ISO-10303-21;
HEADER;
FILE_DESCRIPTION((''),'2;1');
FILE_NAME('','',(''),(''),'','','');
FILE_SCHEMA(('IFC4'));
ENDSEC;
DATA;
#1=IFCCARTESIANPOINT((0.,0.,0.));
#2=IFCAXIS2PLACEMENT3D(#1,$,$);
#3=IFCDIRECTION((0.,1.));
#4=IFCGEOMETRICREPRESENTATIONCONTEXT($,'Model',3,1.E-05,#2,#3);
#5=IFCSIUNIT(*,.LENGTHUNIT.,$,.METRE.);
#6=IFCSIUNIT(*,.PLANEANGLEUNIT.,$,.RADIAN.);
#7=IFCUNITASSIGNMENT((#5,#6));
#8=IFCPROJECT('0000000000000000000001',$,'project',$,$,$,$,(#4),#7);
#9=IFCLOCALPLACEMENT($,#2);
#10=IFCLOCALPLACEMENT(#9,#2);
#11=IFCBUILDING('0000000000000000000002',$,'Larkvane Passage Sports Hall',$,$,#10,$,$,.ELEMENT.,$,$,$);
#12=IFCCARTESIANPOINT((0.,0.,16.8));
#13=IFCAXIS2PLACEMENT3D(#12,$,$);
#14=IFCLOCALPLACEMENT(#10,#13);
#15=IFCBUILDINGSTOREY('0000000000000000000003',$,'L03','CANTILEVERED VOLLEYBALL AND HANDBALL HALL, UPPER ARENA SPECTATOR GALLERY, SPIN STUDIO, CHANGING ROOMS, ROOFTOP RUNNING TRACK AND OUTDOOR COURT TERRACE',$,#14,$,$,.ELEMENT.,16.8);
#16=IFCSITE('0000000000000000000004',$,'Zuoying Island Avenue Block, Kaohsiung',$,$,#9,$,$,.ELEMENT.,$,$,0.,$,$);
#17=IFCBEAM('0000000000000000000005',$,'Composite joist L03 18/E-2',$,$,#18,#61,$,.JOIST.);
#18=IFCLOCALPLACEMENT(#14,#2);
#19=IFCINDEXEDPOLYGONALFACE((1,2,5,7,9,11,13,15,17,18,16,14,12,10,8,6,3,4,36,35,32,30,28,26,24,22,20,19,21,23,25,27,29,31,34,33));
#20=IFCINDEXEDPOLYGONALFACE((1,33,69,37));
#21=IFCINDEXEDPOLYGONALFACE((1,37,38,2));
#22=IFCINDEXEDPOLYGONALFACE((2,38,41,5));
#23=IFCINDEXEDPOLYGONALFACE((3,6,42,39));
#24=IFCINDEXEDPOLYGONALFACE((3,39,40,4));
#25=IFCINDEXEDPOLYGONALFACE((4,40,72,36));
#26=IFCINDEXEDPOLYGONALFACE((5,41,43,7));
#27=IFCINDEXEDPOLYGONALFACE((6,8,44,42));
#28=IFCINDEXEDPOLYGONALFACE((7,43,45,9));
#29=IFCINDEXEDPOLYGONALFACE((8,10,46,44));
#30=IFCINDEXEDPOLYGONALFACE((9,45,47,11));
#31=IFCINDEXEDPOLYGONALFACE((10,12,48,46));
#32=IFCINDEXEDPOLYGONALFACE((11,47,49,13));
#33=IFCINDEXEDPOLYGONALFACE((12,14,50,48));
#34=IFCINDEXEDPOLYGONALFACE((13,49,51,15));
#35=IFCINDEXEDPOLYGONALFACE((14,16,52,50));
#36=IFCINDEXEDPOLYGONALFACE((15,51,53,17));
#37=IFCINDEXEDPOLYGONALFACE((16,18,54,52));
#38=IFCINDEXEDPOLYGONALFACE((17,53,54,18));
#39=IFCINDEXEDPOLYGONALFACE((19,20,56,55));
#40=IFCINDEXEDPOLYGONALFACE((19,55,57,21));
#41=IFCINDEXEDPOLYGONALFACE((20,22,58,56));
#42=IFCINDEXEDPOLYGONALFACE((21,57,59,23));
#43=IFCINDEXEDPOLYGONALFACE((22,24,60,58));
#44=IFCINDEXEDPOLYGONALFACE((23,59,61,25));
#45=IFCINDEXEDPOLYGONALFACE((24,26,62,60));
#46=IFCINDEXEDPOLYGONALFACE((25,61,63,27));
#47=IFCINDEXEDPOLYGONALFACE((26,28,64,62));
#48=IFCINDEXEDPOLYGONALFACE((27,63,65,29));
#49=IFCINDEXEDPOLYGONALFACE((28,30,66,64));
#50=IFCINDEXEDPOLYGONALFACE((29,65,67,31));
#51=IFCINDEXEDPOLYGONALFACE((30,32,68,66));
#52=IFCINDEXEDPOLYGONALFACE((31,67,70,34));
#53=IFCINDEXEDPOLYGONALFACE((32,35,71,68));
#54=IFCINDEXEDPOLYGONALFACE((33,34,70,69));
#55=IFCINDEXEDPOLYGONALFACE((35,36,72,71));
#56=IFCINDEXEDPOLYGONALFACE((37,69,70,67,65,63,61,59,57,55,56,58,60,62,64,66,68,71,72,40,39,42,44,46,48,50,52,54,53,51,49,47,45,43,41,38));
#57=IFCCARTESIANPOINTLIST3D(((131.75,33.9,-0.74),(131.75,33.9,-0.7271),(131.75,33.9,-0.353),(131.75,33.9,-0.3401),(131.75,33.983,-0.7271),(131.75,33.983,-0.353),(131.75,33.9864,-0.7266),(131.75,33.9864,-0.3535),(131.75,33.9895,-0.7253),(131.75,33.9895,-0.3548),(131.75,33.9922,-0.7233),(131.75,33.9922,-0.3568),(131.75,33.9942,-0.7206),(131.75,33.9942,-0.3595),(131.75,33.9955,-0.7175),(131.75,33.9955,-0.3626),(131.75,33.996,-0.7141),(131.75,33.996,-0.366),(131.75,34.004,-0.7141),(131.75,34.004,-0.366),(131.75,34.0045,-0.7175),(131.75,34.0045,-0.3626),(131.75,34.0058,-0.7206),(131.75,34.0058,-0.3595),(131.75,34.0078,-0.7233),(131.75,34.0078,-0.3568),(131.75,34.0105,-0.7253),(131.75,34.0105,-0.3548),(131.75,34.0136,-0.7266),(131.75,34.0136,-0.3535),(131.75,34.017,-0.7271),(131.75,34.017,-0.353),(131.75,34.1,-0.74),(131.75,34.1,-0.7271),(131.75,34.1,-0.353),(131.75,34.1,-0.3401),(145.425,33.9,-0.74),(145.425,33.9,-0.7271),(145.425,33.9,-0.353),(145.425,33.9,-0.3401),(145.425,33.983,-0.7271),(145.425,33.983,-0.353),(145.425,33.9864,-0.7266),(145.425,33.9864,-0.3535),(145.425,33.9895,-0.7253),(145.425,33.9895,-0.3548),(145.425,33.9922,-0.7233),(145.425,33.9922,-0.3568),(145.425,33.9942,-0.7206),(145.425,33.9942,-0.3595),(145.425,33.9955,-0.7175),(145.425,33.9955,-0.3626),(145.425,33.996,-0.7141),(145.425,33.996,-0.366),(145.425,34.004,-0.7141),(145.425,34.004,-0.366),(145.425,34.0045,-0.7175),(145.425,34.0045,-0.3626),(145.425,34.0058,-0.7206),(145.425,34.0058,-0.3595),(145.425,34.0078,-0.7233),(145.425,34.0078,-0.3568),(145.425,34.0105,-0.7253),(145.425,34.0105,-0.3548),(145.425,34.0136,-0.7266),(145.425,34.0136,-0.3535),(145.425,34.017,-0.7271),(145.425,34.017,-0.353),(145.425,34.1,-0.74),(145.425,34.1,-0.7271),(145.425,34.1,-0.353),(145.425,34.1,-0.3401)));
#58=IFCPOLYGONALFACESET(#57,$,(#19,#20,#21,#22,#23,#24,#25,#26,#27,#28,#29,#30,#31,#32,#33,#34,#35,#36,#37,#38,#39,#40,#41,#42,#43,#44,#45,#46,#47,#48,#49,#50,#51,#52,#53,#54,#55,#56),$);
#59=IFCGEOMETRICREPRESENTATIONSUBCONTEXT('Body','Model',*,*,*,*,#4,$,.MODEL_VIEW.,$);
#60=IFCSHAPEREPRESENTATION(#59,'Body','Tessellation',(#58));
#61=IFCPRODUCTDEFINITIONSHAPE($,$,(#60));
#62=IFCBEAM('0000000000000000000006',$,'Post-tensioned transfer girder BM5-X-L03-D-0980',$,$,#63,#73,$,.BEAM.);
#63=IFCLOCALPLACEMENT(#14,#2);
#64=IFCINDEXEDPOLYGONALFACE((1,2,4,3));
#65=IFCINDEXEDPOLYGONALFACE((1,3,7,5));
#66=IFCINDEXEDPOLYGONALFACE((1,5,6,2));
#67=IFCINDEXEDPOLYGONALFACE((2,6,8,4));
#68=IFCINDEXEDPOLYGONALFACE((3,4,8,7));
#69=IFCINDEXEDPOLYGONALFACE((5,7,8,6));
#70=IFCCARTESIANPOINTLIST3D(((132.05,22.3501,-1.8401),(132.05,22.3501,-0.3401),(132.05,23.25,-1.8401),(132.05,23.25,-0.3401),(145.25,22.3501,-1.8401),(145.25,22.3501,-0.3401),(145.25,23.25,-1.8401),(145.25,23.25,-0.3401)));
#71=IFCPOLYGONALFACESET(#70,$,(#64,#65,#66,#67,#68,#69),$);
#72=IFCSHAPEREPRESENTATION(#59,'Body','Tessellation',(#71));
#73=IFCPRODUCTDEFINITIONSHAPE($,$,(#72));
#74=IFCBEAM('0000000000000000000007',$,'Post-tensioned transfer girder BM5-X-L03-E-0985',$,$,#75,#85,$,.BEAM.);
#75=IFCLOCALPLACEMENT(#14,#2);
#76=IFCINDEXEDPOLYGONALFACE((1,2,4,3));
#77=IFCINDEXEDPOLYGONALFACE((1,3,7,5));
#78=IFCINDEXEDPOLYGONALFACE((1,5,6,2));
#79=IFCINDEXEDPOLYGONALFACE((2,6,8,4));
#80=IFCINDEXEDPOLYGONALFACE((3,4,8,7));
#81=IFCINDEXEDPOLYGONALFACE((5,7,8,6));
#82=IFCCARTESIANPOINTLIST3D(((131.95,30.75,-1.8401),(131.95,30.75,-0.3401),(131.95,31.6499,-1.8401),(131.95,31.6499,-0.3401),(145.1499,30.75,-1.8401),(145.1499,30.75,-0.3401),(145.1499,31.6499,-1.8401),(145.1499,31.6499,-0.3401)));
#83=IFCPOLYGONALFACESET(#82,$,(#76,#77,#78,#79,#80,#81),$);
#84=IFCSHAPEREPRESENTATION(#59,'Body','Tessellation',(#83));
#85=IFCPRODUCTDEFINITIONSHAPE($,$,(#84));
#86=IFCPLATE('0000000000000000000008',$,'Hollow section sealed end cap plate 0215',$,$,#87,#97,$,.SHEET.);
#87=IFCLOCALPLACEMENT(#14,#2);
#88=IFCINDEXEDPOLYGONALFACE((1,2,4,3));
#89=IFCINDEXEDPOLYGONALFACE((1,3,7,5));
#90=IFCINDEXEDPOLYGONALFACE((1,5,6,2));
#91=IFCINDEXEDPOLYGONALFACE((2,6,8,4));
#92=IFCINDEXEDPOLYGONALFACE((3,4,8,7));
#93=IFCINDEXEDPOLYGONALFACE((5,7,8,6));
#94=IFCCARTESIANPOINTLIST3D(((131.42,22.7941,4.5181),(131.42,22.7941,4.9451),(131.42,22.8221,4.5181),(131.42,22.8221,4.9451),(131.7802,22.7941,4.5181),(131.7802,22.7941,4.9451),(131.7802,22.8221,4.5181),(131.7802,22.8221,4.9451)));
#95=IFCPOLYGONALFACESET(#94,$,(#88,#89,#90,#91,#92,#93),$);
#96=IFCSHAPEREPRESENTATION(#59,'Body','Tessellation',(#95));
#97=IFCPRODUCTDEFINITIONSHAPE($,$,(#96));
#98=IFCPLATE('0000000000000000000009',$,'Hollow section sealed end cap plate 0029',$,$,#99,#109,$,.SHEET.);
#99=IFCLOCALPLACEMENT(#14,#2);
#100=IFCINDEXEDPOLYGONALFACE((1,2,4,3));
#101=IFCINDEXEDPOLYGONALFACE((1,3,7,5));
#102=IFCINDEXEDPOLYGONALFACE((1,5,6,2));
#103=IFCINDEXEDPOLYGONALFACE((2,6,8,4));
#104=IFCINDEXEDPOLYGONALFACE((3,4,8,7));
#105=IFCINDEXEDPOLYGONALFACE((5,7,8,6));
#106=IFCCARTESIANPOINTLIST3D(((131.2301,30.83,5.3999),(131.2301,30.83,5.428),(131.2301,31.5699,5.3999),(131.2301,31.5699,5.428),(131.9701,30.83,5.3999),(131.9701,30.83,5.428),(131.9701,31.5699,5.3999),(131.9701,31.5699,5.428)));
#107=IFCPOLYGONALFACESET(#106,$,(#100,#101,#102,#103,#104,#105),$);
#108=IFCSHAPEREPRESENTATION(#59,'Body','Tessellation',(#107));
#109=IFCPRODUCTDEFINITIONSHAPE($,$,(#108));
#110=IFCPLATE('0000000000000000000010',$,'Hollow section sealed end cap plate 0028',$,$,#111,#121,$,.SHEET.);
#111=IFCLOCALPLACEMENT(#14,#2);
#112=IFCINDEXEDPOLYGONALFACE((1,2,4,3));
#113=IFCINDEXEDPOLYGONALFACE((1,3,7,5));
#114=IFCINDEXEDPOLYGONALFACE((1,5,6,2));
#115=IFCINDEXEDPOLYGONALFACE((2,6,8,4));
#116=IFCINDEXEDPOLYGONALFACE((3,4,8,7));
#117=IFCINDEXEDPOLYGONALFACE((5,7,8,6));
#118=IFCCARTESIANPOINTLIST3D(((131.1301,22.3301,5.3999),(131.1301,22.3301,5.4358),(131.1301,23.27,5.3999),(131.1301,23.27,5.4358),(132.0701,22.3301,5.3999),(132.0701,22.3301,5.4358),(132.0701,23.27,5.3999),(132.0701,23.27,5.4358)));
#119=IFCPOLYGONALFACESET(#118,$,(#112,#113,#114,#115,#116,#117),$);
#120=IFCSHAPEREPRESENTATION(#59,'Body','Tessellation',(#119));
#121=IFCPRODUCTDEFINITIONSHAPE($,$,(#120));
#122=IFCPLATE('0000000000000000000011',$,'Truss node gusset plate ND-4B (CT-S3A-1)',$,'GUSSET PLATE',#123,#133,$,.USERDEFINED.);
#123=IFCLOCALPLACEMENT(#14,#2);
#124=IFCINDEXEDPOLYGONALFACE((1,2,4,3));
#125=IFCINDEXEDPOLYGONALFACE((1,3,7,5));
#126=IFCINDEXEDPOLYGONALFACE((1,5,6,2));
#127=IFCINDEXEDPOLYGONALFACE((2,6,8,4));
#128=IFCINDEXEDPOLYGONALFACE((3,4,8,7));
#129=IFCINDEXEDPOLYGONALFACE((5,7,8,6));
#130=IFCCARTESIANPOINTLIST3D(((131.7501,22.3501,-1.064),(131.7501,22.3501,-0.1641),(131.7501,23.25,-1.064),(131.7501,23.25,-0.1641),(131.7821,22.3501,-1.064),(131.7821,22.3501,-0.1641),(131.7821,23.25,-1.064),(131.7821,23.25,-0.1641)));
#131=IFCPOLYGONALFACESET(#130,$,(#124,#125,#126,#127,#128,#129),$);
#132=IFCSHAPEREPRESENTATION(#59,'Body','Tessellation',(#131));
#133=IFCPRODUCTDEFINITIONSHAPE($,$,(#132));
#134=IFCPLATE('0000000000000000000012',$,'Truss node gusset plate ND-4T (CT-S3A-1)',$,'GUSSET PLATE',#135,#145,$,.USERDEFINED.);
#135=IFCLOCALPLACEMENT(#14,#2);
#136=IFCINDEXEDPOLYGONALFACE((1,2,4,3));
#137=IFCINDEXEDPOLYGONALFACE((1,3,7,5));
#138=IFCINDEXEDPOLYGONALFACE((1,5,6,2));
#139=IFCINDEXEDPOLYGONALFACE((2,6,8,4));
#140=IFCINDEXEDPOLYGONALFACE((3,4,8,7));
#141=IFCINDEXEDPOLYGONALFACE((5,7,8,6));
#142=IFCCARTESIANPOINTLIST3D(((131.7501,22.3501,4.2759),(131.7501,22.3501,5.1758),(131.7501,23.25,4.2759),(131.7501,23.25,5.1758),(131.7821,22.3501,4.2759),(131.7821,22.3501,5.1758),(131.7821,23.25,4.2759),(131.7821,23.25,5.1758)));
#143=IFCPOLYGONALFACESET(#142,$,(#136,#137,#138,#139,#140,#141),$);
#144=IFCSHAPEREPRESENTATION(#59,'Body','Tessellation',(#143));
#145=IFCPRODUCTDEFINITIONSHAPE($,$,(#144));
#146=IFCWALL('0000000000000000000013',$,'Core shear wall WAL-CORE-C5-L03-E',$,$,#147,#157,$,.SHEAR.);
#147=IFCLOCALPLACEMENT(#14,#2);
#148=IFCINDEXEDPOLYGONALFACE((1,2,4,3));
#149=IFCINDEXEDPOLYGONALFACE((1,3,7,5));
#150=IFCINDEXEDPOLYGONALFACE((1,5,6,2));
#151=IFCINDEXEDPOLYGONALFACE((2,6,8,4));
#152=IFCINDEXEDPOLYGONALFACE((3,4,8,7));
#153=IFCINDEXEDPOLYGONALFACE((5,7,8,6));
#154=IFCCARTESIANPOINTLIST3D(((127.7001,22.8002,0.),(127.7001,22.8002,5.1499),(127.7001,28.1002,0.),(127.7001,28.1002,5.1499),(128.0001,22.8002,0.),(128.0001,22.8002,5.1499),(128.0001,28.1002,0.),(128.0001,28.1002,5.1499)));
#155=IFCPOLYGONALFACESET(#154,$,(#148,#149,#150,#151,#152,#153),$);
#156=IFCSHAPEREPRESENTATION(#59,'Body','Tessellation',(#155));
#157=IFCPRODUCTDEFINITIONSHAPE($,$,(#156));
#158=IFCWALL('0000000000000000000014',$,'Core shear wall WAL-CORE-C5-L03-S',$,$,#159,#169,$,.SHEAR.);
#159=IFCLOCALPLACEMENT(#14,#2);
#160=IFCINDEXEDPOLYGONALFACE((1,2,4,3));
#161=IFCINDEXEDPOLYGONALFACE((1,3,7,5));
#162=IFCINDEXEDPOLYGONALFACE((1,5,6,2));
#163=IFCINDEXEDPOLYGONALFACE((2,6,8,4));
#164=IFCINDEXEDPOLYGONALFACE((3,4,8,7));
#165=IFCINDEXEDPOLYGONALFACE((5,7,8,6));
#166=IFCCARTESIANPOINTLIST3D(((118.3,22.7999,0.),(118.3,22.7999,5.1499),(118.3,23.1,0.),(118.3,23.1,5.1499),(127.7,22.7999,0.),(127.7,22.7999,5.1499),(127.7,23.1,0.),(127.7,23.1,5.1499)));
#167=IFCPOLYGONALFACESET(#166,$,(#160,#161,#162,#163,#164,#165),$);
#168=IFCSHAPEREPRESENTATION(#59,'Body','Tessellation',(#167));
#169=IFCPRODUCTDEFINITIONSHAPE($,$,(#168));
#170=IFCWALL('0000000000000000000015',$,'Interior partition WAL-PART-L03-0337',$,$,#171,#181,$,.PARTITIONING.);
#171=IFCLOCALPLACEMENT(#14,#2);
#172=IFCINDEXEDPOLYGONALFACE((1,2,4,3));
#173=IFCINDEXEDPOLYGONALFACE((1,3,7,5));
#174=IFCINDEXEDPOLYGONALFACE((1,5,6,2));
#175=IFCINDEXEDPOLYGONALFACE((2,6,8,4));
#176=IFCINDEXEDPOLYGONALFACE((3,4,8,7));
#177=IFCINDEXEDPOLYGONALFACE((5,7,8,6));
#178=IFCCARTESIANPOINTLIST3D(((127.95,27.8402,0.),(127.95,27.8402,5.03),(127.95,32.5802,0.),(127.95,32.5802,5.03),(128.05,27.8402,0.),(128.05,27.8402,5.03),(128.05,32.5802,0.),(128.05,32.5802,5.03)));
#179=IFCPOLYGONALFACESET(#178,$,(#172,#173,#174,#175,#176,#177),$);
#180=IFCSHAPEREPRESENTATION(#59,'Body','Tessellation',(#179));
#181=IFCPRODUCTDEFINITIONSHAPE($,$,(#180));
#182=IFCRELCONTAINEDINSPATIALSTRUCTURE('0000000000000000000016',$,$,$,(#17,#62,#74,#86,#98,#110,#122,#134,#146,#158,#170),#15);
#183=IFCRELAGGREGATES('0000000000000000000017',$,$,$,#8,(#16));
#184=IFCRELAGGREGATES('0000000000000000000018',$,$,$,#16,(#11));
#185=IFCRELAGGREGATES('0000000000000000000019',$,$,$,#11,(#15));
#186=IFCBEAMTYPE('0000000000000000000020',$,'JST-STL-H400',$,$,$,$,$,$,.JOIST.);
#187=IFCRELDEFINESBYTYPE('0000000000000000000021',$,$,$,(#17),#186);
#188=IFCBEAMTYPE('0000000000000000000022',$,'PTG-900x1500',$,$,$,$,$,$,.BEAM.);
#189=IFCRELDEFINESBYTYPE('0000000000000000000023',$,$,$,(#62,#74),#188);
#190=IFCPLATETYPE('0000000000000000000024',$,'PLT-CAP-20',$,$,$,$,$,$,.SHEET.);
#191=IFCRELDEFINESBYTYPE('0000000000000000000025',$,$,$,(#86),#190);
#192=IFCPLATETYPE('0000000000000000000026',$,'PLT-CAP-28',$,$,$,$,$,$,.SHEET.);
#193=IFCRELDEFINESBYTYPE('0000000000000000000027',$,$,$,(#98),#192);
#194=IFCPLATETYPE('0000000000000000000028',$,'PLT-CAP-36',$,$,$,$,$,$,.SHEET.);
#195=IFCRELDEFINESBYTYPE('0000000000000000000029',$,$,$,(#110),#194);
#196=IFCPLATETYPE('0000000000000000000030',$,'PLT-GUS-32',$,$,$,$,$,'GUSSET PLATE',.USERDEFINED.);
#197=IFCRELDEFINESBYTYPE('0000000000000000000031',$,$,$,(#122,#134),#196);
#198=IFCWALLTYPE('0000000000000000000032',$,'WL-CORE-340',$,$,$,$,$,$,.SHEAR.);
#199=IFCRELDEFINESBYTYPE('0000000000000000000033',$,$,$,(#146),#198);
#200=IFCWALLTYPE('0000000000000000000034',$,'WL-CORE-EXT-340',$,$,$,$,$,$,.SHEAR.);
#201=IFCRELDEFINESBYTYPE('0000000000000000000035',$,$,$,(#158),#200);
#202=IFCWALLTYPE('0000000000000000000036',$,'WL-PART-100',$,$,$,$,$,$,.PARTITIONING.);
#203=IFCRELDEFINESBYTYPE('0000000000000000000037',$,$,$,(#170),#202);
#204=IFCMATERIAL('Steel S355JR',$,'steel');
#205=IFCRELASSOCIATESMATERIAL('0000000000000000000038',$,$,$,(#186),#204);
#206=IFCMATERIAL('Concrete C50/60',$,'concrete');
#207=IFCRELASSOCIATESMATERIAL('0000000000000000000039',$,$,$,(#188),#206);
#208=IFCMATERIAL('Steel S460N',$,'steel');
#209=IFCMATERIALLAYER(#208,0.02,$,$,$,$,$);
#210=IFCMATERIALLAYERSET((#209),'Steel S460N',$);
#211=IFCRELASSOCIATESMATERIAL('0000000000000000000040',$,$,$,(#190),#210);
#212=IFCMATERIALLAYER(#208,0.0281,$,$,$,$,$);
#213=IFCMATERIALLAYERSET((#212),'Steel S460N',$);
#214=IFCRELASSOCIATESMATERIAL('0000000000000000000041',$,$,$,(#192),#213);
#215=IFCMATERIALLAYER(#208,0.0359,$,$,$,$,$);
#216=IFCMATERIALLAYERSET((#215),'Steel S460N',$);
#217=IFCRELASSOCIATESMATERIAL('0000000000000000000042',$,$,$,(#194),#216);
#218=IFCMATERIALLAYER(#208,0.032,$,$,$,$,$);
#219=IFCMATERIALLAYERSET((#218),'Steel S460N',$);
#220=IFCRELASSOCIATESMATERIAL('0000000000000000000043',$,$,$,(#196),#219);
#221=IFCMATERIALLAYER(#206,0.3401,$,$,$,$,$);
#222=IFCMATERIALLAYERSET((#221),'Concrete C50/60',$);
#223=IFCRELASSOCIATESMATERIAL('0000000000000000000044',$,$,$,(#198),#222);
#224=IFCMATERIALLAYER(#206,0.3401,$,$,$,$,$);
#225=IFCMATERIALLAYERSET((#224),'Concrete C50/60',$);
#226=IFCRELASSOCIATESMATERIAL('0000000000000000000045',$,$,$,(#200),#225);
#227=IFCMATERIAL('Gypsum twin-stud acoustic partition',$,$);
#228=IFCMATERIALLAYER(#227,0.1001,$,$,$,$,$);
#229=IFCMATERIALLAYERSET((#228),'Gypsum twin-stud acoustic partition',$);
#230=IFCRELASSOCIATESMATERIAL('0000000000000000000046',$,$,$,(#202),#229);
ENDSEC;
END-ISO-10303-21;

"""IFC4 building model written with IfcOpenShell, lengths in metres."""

from ifc_helpers import new_model, si_unit, direction, frame, frame_2d, origin, origin_2d, place, context, subcontext, project, spatial, rectangle, i_section, extrude, material, layer, layer_set, material_profile, profile_set, type_object, element, save


model = new_model("IFC4")

# Units and contexts
model_context = context("Model", 3, precision=1e-05, world=origin(), true_north=direction((0.0, 1.0)))
body_context = subcontext(model_context, "Body", "Model", "MODEL_VIEW")
ifc_project = project(units=[si_unit("LENGTHUNIT", "METRE"), si_unit("PLANEANGLEUNIT", "RADIAN")], contexts=[model_context])

# Site, building, storey
site_placement = place(None, origin())
site = spatial("IfcSite", under=ifc_project, at=site_placement, Name="Zuoying Island Avenue Block, Kaohsiung", CompositionType="ELEMENT", RefElevation=0.0)
building_placement = place(site_placement, origin())
building = spatial("IfcBuilding", under=site, at=building_placement, Name="Larkvane Passage Sports Hall", CompositionType="ELEMENT")
storey_placement = place(building_placement, frame((0.0, 0.0, 16.8)))
storey = spatial("IfcBuildingStorey", under=building, at=storey_placement, Name="L03", Description="CANTILEVERED VOLLEYBALL AND HANDBALL HALL, UPPER ARENA SPECTATOR GALLERY, SPIN STUDIO, CHANGING ROOMS, ROOFTOP RUNNING TRACK AND OUTDOOR COURT TERRACE", CompositionType="ELEMENT", Elevation=16.8)

# Shared definitions
ifc_material_1 = material(Name="Steel S460N", Category="steel")

# Beams
ifc_material_2 = material(Name="Steel S355JR", Category="steel")
ifc_material_profile_1 = material_profile(ifc_material_2, i_section(OverallWidth=0.2, OverallDepth=0.3999, WebThickness=0.0081, FlangeThickness=0.0129, FilletRadius=0.0129, at=origin_2d()), Name="H-400x200x8x13")
ifc_profile_set_1 = profile_set([ifc_material_profile_1], Name="Steel S355JR")
beam_type_1 = type_object("IfcBeamType", Name="JST-STL-H400", PredefinedType="JOIST", material=ifc_profile_set_1)
beam_1_placement = place(storey_placement, frame((131.75, 34.0, -0.54), z_axis=(1.0, 0.0, 0.0), x_axis=(0.0, 1.0, 0.0)))
element("IfcBeam", 1, at=beam_1_placement, inside=storey, type_object=beam_type_1, Name="Composite joist L03 18/E-2", PredefinedType="JOIST", context=body_context, shape_type="SweptSolid", body=[
    extrude(i_section(OverallWidth=0.2, OverallDepth=0.3999, WebThickness=0.0081, FlangeThickness=0.0129, FilletRadius=0.0129, at=origin_2d()), origin(), (0.0, 0.0, 1.0), 13.675),
])
ifc_material_3 = material(Name="Concrete C50/60", Category="concrete")
ifc_material_profile_2 = material_profile(ifc_material_3, rectangle(XDim=0.8999, YDim=1.5, at=origin_2d()), Name="PT-GIR-900x1500")
ifc_profile_set_2 = profile_set([ifc_material_profile_2], Name="Concrete C50/60")
beam_type_2 = type_object("IfcBeamType", Name="PTG-900x1500", PredefinedType="BEAM", material=ifc_profile_set_2)
for number, where, z_axis, x_axis, name in (
    (2, (132.05, 22.8, -1.0901), (1.0, 0.0, 0.0), (0.0, 1.0, 0.0), "Post-tensioned transfer girder BM5-X-L03-D-0980"),
    (3, (131.95, 31.2, -1.0901), (1.0, 0.0, 0.0), (0.0, 1.0, 0.0), "Post-tensioned transfer girder BM5-X-L03-E-0985"),
):
    element("IfcBeam", number, at=place(storey_placement, frame(where, z_axis=z_axis, x_axis=x_axis)), inside=storey, type_object=beam_type_2, Name=name, PredefinedType="BEAM", context=body_context, shape_type="SweptSolid", body=[
        extrude(rectangle(XDim=0.8999, YDim=1.5, at=origin_2d()), origin(), (0.0, 0.0, 1.0), 13.2),
    ])

# Plates
ifc_layer_1 = layer(ifc_material_1, 0.02)
ifc_layer_set_1 = layer_set([ifc_layer_1], Name="Steel S460N")
plate_type_1 = type_object("IfcPlateType", Name="PLT-CAP-20", PredefinedType="SHEET", material=ifc_layer_set_1)
plate_1_placement = place(storey_placement, frame((131.6001, 22.8081, 4.5181), z_axis=(0.0, 0.0, 1.0), x_axis=(-1.0, 0.0, 0.0)))
element("IfcPlate", 4, at=plate_1_placement, inside=storey, type_object=plate_type_1, Name="Hollow section sealed end cap plate 0215", PredefinedType="SHEET", context=body_context, shape_type="SweptSolid", body=[
    extrude(rectangle(XDim=0.3601, YDim=0.0281, at=origin_2d()), origin(), (0.0, 0.0, 1.0), 0.427),
])
ifc_layer_2 = layer(ifc_material_1, 0.0281)
ifc_layer_set_2 = layer_set([ifc_layer_2], Name="Steel S460N")
plate_type_2 = type_object("IfcPlateType", Name="PLT-CAP-28", PredefinedType="SHEET", material=ifc_layer_set_2)
plate_2_placement = place(storey_placement, frame((131.6001, 31.2, 5.3999), z_axis=(0.0, 0.0, 1.0), x_axis=(1.0, 0.0, 0.0)))
element("IfcPlate", 5, at=plate_2_placement, inside=storey, type_object=plate_type_2, Name="Hollow section sealed end cap plate 0029", PredefinedType="SHEET", context=body_context, shape_type="SweptSolid", body=[
    extrude(rectangle(XDim=0.74, YDim=0.74, at=origin_2d()), origin(), (0.0, 0.0, 1.0), 0.0281),
])
ifc_layer_3 = layer(ifc_material_1, 0.0359)
ifc_layer_set_3 = layer_set([ifc_layer_3], Name="Steel S460N")
plate_type_3 = type_object("IfcPlateType", Name="PLT-CAP-36", PredefinedType="SHEET", material=ifc_layer_set_3)
plate_3_placement = place(storey_placement, frame((131.6001, 22.8, 5.3999), z_axis=(0.0, 0.0, 1.0), x_axis=(1.0, 0.0, 0.0)))
element("IfcPlate", 6, at=plate_3_placement, inside=storey, type_object=plate_type_3, Name="Hollow section sealed end cap plate 0028", PredefinedType="SHEET", context=body_context, shape_type="SweptSolid", body=[
    extrude(rectangle(XDim=0.9399, YDim=0.9399, at=origin_2d()), origin(), (0.0, 0.0, 1.0), 0.0359),
])
ifc_layer_4 = layer(ifc_material_1, 0.032)
ifc_layer_set_4 = layer_set([ifc_layer_4], Name="Steel S460N")
plate_type_4 = type_object("IfcPlateType", Name="PLT-GUS-32", ElementType="GUSSET PLATE", PredefinedType="USERDEFINED", material=ifc_layer_set_4)
for number, where, z_axis, x_axis, name in (
    (7, (131.7661, 22.8, -1.064), (0.0, 0.0, 1.0), (0.0, 1.0, 0.0), "Truss node gusset plate ND-4B (CT-S3A-1)"),
    (8, (131.7661, 22.8, 4.2759), (0.0, 0.0, 1.0), (0.0, 1.0, 0.0), "Truss node gusset plate ND-4T (CT-S3A-1)"),
):
    element("IfcPlate", number, at=place(storey_placement, frame(where, z_axis=z_axis, x_axis=x_axis)), inside=storey, type_object=plate_type_4, Name=name, ObjectType="GUSSET PLATE", PredefinedType="USERDEFINED", context=body_context, shape_type="SweptSolid", body=[
        extrude(rectangle(XDim=0.8999, YDim=0.032, at=origin_2d()), origin(), (0.0, 0.0, 1.0), 0.8999),
    ])

# Walls
ifc_layer_5 = layer(ifc_material_3, 0.3401)
ifc_layer_set_5 = layer_set([ifc_layer_5], Name="Concrete C50/60")
wall_type_1 = type_object("IfcWallType", Name="WL-CORE-340", PredefinedType="SHEAR", material=ifc_layer_set_5)
wall_1_placement = place(storey_placement, frame((127.8501, 28.1001, 0.0), z_axis=(0.0, 0.0, 1.0), x_axis=(0.0, -1.0, 0.0)))
element("IfcWall", 9, at=wall_1_placement, inside=storey, type_object=wall_type_1, Name="Core shear wall WAL-CORE-C5-L03-E", PredefinedType="SHEAR", context=body_context, shape_type="SweptSolid", body=[
    extrude(rectangle(XDim=5.3, YDim=0.3, at=frame_2d((2.6499, 0.0))), origin(), (0.0, 0.0, 1.0), 5.1499),
])
ifc_layer_6 = layer(ifc_material_3, 0.3401)
ifc_layer_set_6 = layer_set([ifc_layer_6], Name="Concrete C50/60")
wall_type_2 = type_object("IfcWallType", Name="WL-CORE-EXT-340", PredefinedType="SHEAR", material=ifc_layer_set_6)
wall_2_placement = place(storey_placement, frame((127.7, 22.95, 0.0), z_axis=(0.0, 0.0, 1.0), x_axis=(-1.0, 0.0, 0.0)))
element("IfcWall", 10, at=wall_2_placement, inside=storey, type_object=wall_type_2, Name="Core shear wall WAL-CORE-C5-L03-S", PredefinedType="SHEAR", context=body_context, shape_type="SweptSolid", body=[
    extrude(rectangle(XDim=9.3999, YDim=0.3, at=frame_2d((4.7, 0.0))), origin(), (0.0, 0.0, 1.0), 5.1499),
])
ifc_material_4 = material(Name="Gypsum twin-stud acoustic partition")
ifc_layer_7 = layer(ifc_material_4, 0.1001)
ifc_layer_set_7 = layer_set([ifc_layer_7], Name="Gypsum twin-stud acoustic partition")
wall_type_3 = type_object("IfcWallType", Name="WL-PART-100", PredefinedType="PARTITIONING", material=ifc_layer_set_7)
wall_3_placement = place(storey_placement, frame((128.0, 27.8401, 0.0), z_axis=(0.0, 0.0, 1.0), x_axis=(0.0, 1.0, 0.0)))
element("IfcWall", 11, at=wall_3_placement, inside=storey, type_object=wall_type_3, Name="Interior partition WAL-PART-L03-0337", PredefinedType="PARTITIONING", context=body_context, shape_type="SweptSolid", body=[
    extrude(rectangle(XDim=4.74, YDim=0.1001, at=frame_2d((2.3701, 0.0))), origin(), (0.0, 0.0, 1.0), 5.03),
])

save(model, "model.ifc")
